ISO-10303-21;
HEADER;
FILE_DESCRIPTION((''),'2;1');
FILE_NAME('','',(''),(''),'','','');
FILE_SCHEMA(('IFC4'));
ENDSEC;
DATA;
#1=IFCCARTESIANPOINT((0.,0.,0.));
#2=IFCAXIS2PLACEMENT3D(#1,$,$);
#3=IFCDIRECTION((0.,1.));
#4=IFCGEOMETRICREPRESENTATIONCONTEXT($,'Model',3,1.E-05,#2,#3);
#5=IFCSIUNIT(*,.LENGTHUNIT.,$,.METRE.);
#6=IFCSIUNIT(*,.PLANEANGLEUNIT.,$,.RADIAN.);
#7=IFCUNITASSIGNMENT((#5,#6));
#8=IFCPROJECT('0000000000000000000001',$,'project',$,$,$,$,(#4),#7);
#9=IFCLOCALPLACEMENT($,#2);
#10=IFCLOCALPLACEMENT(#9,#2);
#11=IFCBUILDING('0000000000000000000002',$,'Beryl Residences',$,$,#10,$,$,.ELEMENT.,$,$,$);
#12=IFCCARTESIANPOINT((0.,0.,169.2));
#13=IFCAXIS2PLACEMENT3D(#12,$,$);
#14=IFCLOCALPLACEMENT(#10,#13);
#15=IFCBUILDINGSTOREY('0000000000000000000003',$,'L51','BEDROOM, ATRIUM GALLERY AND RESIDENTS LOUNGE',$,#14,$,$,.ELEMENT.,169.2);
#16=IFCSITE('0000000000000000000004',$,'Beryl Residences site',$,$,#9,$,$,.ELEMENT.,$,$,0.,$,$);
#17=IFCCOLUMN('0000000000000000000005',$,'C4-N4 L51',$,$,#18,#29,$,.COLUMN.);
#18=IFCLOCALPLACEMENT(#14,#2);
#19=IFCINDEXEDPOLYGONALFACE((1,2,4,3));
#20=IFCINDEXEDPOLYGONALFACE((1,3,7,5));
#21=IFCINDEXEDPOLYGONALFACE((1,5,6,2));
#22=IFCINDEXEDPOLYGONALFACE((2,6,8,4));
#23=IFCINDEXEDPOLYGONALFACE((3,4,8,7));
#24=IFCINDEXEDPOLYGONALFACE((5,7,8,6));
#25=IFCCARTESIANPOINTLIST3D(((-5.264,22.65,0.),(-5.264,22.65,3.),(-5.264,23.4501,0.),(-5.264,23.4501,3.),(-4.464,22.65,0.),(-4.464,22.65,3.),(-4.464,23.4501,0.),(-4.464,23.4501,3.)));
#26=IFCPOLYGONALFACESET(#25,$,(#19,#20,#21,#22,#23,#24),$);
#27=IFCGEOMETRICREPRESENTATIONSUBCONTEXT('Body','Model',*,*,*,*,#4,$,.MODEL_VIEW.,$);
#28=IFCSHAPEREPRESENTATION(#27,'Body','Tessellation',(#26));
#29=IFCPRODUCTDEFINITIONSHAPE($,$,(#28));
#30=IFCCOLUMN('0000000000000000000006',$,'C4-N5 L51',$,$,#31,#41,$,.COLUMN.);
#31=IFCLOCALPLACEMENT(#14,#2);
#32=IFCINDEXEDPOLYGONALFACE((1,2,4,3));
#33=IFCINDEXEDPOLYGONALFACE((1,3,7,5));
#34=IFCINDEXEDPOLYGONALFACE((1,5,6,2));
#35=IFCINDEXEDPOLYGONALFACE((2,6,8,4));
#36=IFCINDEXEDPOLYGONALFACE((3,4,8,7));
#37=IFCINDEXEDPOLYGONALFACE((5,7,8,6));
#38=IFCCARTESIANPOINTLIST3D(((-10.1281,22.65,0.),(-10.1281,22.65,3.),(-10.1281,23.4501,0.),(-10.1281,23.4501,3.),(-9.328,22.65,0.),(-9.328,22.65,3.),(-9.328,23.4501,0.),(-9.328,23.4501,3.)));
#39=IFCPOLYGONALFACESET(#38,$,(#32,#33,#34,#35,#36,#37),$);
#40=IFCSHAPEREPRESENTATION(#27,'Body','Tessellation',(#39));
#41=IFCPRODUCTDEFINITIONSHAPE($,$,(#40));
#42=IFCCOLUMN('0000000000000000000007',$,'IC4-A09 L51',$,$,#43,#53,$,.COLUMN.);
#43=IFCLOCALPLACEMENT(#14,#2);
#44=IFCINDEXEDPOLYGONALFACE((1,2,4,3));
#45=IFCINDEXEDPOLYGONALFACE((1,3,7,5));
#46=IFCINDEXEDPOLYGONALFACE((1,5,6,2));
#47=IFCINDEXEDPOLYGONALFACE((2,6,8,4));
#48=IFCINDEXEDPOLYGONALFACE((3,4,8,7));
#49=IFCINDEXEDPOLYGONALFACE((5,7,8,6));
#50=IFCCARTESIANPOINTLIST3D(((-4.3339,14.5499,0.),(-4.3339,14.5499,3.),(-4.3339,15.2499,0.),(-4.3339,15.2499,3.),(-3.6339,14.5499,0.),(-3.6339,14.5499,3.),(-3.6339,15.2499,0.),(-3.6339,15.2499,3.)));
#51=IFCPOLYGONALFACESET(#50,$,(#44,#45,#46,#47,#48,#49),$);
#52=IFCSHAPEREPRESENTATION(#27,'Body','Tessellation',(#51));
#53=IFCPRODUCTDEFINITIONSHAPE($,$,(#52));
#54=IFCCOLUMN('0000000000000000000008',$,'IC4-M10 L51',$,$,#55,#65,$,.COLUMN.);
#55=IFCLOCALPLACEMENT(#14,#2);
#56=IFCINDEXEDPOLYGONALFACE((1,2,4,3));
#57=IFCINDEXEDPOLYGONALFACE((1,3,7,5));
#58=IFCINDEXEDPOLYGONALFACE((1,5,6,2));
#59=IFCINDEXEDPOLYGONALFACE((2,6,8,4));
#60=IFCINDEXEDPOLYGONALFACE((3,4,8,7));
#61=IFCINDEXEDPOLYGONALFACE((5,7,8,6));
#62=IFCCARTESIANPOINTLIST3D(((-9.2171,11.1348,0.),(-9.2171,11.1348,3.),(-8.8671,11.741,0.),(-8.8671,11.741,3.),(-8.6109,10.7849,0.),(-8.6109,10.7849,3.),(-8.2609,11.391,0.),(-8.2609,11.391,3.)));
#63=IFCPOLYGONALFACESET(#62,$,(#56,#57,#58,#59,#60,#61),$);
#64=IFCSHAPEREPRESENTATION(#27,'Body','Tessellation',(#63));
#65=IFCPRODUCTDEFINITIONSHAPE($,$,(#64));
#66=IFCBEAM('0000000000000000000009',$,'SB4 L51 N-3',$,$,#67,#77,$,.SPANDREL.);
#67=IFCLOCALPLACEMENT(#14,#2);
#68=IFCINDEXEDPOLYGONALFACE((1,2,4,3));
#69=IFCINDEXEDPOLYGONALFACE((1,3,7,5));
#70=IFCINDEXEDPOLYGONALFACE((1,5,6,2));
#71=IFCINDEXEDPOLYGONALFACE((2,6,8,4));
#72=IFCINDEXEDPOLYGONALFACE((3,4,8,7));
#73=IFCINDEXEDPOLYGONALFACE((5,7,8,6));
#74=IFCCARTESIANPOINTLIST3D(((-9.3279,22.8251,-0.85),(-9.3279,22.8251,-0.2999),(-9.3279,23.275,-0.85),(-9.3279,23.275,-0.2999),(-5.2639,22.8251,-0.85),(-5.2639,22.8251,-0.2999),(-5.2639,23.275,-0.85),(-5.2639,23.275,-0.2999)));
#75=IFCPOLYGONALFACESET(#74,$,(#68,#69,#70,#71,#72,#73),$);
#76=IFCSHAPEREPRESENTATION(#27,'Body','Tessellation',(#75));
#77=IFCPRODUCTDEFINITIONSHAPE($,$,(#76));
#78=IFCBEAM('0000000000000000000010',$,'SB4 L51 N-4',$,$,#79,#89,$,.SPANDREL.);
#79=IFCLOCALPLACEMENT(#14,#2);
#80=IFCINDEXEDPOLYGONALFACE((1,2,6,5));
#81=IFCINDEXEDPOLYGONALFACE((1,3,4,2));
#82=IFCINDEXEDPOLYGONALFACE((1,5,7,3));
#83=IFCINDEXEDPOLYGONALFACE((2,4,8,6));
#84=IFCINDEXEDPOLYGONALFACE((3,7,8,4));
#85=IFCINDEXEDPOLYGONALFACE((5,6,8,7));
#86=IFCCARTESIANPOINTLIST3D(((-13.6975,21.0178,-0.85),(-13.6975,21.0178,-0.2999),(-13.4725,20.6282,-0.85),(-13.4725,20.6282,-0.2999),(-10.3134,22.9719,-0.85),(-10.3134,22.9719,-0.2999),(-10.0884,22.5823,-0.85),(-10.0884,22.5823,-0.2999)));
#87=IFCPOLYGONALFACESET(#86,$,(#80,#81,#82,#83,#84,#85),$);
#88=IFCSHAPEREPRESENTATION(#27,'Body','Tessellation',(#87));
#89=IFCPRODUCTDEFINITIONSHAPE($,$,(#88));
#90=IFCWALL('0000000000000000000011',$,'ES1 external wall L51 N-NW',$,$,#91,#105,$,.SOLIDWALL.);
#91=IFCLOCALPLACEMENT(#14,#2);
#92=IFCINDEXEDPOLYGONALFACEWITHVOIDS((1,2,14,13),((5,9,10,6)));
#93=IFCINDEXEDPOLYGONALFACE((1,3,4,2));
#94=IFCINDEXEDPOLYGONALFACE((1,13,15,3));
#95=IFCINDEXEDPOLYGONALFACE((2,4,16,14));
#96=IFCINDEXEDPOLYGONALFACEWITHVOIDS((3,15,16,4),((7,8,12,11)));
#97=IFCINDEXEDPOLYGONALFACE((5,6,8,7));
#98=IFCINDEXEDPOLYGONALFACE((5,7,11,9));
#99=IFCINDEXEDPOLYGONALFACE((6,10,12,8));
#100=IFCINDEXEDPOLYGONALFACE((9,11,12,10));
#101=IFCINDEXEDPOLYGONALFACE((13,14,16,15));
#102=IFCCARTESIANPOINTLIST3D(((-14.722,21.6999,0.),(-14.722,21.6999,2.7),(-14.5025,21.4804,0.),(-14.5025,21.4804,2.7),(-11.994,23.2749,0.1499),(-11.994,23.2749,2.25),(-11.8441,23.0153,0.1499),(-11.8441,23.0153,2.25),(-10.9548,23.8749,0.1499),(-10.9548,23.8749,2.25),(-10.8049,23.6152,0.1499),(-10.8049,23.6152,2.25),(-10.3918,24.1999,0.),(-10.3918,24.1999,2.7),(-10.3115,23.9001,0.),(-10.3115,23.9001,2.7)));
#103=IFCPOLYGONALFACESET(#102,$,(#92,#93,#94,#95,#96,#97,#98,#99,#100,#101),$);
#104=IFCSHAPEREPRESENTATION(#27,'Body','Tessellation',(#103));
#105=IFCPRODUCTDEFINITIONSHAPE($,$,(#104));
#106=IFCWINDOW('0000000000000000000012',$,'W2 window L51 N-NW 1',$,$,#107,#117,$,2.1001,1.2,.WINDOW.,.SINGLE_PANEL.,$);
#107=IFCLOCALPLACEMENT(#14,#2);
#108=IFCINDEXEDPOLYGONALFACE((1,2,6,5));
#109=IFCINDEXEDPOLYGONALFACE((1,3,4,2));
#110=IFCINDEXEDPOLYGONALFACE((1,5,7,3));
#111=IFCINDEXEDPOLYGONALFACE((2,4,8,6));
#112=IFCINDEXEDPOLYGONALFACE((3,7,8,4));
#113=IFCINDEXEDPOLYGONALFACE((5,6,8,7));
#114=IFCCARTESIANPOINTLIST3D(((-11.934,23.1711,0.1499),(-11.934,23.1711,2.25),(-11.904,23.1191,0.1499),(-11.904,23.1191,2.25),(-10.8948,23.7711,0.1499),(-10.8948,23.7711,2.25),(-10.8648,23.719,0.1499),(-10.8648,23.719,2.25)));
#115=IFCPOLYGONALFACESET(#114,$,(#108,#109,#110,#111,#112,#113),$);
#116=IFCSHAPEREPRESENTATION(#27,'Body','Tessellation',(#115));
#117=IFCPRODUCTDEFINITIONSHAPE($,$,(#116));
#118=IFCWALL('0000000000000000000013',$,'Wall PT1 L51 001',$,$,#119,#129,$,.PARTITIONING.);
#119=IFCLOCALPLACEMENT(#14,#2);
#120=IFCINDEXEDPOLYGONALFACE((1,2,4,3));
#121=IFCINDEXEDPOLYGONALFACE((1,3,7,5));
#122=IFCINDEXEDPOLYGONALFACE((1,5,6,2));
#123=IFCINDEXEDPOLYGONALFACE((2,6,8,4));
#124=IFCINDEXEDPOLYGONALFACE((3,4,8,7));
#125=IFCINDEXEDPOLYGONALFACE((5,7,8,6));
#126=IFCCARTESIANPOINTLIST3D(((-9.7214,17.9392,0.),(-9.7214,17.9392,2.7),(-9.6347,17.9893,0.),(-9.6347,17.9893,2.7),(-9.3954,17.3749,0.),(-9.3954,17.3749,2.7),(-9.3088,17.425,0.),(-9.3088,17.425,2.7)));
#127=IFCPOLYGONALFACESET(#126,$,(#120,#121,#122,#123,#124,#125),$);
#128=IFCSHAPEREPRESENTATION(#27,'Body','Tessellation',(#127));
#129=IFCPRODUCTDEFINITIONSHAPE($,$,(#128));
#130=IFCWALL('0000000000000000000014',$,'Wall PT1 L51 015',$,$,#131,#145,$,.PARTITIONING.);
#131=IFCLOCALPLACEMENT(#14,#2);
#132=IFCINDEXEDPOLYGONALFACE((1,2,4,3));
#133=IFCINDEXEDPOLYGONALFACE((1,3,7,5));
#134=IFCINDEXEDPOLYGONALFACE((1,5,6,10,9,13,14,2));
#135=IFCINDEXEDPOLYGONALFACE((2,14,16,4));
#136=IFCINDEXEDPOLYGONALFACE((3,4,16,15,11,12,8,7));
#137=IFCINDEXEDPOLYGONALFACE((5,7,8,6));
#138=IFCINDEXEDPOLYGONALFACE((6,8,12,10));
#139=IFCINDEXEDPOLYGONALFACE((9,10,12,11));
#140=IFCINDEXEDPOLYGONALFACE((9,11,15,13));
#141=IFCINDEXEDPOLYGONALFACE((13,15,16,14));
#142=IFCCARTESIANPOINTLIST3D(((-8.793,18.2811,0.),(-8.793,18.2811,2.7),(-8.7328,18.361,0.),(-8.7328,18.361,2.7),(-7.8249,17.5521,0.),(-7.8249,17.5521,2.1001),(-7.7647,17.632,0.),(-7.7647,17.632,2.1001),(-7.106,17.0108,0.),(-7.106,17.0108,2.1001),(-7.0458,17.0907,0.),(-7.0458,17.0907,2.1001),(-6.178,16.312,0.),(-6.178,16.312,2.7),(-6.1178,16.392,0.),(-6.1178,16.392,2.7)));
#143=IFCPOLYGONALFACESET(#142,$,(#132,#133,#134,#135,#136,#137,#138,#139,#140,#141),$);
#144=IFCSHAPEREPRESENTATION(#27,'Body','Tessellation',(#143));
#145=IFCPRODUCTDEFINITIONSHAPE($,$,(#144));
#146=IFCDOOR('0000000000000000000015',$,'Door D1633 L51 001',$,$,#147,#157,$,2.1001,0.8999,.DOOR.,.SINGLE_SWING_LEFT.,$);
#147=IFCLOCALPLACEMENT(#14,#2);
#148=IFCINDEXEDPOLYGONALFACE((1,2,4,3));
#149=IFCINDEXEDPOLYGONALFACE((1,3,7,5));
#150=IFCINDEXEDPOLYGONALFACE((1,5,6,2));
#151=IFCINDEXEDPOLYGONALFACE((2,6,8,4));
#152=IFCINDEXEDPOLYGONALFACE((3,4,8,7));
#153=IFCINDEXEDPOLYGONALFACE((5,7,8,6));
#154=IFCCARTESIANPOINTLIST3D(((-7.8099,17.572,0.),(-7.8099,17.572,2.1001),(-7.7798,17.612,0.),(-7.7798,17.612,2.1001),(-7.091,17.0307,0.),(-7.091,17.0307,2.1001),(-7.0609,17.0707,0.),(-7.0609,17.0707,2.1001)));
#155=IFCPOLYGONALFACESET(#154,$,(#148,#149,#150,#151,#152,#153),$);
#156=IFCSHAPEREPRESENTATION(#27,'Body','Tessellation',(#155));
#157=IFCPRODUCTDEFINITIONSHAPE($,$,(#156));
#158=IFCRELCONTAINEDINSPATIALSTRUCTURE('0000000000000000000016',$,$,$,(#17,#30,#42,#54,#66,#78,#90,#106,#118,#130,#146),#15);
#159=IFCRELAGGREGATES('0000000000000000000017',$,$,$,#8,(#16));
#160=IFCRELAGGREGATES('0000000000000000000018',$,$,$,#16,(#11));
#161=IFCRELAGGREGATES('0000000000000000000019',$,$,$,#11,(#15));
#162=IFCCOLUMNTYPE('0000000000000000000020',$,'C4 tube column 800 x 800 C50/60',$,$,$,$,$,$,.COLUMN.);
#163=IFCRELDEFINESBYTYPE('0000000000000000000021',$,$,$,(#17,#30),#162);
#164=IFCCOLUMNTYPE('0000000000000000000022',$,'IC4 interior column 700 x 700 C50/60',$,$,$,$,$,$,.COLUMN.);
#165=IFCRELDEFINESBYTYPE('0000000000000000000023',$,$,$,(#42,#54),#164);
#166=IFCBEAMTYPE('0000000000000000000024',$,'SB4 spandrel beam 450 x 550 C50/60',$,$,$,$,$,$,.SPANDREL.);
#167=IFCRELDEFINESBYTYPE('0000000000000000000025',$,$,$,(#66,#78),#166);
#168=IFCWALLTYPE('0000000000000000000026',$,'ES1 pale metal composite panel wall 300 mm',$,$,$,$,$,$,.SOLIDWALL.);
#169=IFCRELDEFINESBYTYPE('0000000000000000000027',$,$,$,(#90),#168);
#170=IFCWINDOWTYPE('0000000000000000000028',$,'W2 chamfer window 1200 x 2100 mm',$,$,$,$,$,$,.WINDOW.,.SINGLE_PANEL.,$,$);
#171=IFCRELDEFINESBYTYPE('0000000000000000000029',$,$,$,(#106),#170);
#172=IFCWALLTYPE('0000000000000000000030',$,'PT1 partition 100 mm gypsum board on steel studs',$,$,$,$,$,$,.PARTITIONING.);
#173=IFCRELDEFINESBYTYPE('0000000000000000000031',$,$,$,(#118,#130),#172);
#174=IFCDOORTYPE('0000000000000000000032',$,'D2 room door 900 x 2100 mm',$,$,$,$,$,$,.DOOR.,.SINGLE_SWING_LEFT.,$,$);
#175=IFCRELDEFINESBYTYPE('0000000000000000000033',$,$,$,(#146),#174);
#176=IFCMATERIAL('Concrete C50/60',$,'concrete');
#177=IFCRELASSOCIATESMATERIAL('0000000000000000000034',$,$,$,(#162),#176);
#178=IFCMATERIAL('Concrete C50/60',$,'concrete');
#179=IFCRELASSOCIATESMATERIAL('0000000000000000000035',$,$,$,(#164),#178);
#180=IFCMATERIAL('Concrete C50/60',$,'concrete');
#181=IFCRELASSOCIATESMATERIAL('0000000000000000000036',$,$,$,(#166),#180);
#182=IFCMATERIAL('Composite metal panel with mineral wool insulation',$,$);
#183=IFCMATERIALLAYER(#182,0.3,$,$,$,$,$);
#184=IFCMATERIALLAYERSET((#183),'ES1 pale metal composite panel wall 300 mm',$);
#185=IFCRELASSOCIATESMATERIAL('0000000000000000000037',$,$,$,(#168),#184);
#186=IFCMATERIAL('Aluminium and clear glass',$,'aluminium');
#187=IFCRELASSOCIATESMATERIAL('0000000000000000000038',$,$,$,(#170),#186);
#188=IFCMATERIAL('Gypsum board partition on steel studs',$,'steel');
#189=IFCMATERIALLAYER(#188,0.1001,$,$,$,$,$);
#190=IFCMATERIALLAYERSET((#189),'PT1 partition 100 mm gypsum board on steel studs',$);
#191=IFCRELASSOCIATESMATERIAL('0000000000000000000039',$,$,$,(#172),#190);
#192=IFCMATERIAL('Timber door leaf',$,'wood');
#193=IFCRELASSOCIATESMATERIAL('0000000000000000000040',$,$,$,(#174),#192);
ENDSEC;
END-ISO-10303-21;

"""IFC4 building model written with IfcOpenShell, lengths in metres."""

from ifc_helpers import new_model, si_unit, direction, frame, frame_2d, origin, origin_2d, place, context, subcontext, project, spatial, polyline, rectangle, outline, extrude, material, layer, layer_set, material_profile, profile_set, type_object, element, fill, save


model = new_model("IFC4")

# Units and contexts
model_context = context("Model", 3, precision=1e-05, world=origin(), true_north=direction((0.0, 1.0)))
body_context = subcontext(model_context, "Body", "Model", "MODEL_VIEW")
ifc_project = project(units=[si_unit("LENGTHUNIT", "METRE"), si_unit("PLANEANGLEUNIT", "RADIAN")], contexts=[model_context])

# Site, building, storey
site_placement = place(None, origin())
site = spatial("IfcSite", under=ifc_project, at=site_placement, Name="Beryl Residences site", CompositionType="ELEMENT", RefElevation=0.0)
building_placement = place(site_placement, origin())
building = spatial("IfcBuilding", under=site, at=building_placement, Name="Beryl Residences", CompositionType="ELEMENT")
storey_placement = place(building_placement, frame((0.0, 0.0, 169.2)))
storey = spatial("IfcBuildingStorey", under=building, at=storey_placement, Name="L51", Description="BEDROOM, ATRIUM GALLERY AND RESIDENTS LOUNGE", CompositionType="ELEMENT", Elevation=169.2)

# Columns
ifc_material_1 = material(Name="Concrete C50/60", Category="concrete")
ifc_material_profile_1 = material_profile(ifc_material_1, rectangle(XDim=0.8, YDim=0.8, at=origin_2d()))
ifc_profile_set_1 = profile_set([ifc_material_profile_1], Name="Concrete C50/60")
column_type_1 = type_object("IfcColumnType", Name="C4 tube column 800 x 800 C50/60", PredefinedType="COLUMN", material=ifc_profile_set_1)
for number, where, z_axis, x_axis, name in (
    (1, (-4.864, 23.05, 0.0), (0.0, 0.0, 1.0), (-1.0, 0.0, 0.0), "C4-N4 L51"),
    (2, (-9.728, 23.05, 0.0), (0.0, 0.0, 1.0), (-1.0, 0.0, 0.0), "C4-N5 L51"),
):
    element("IfcColumn", number, at=place(storey_placement, frame(where, z_axis=z_axis, x_axis=x_axis)), inside=storey, type_object=column_type_1, Name=name, PredefinedType="COLUMN", context=body_context, shape_type="SweptSolid", body=[
        extrude(rectangle(XDim=0.8, YDim=0.8, at=origin_2d()), origin(), (0.0, 0.0, 1.0), 3.0),
    ])
ifc_material_2 = material(Name="Concrete C50/60", Category="concrete")
ifc_material_profile_2 = material_profile(ifc_material_2, rectangle(XDim=0.7, YDim=0.7, at=origin_2d()))
ifc_profile_set_2 = profile_set([ifc_material_profile_2], Name="Concrete C50/60")
column_type_2 = type_object("IfcColumnType", Name="IC4 interior column 700 x 700 C50/60", PredefinedType="COLUMN", material=ifc_profile_set_2)
for number, where, z_axis, x_axis, name in (
    (3, (-3.9839, 14.8999, 0.0), (0.0, 0.0, 1.0), (1.0, 0.0, 0.0), "IC4-A09 L51"),
    (4, (-8.739, 11.2629, 0.0), (0.0, 0.0, 1.0), (-0.5, -0.866025, 0.0), "IC4-M10 L51"),
):
    element("IfcColumn", number, at=place(storey_placement, frame(where, z_axis=z_axis, x_axis=x_axis)), inside=storey, type_object=column_type_2, Name=name, PredefinedType="COLUMN", context=body_context, shape_type="SweptSolid", body=[
        extrude(rectangle(XDim=0.7, YDim=0.7, at=origin_2d()), origin(), (0.0, 0.0, 1.0), 3.0),
    ])

# Beams
ifc_material_3 = material(Name="Concrete C50/60", Category="concrete")
ifc_material_profile_3 = material_profile(ifc_material_3, rectangle(XDim=0.45, YDim=0.55, at=origin_2d()))
ifc_profile_set_3 = profile_set([ifc_material_profile_3], Name="Concrete C50/60")
beam_type = type_object("IfcBeamType", Name="SB4 spandrel beam 450 x 550 C50/60", PredefinedType="SPANDREL", material=ifc_profile_set_3)
beam_1_placement = place(storey_placement, frame((-5.2639, 23.05, -0.575), z_axis=(-1.0, 0.0, 0.0), x_axis=(0.0, -1.0, 0.0)))
element("IfcBeam", 5, at=beam_1_placement, inside=storey, type_object=beam_type, Name="SB4 L51 N-3", PredefinedType="SPANDREL", context=body_context, shape_type="SweptSolid", body=[
    extrude(rectangle(XDim=0.45, YDim=0.55, at=origin_2d()), origin(), (0.0, 0.0, 1.0), 4.064),
])
beam_2_placement = place(storey_placement, frame((-10.2009, 22.7771, -0.575), z_axis=(-0.865989, -0.500063, 0.0), x_axis=(0.500063, -0.865989, 0.0)))
element("IfcBeam", 6, at=beam_2_placement, inside=storey, type_object=beam_type, Name="SB4 L51 N-4", PredefinedType="SPANDREL", context=body_context, shape_type="SweptSolid", body=[
    extrude(rectangle(XDim=0.45, YDim=0.55, at=origin_2d()), origin(), (0.0, 0.0, 1.0), 3.9077),
])

# Wall, opening, window
ifc_material_4 = material(Name="Composite metal panel with mineral wool insulation")
ifc_layer_1 = layer(ifc_material_4, 0.3)
ifc_layer_set_1 = layer_set([ifc_layer_1], Name="ES1 pale metal composite panel wall 300 mm")
wall_type_1 = type_object("IfcWallType", Name="ES1 pale metal composite panel wall 300 mm", PredefinedType="SOLIDWALL", material=ifc_layer_set_1)
wall_1_placement = place(storey_placement, frame((-10.3169, 24.0701, 0.0), z_axis=(0.0, 0.0, 1.0), x_axis=(-0.866023, -0.500004, 0.0)))
wall_1 = element("IfcWall", 7, at=wall_1_placement, inside=storey, type_object=wall_type_1, Name="ES1 external wall L51 N-NW", PredefinedType="SOLIDWALL", context=body_context, shape_type="SweptSolid", body=[
    extrude(outline(polyline([(0.0, -0.1499), (5.0, -0.1499), (4.9197, 0.1499), (0.0803, 0.1499), (0.0, -0.1499)])), origin(), (0.0, 0.0, 1.0), 2.7),
])
opening_1_placement = place(wall_1_placement, frame((0.6499, 0.0, 0.1499)))
opening_1 = element("IfcOpeningElement", 8, at=opening_1_placement, cuts=wall_1, PredefinedType="OPENING", context=body_context, shape_type="SweptSolid", body=[
    extrude(rectangle(XDim=1.2, YDim=2.1001, at=frame_2d((0.6001, 1.05))), frame((0.0, 0.1599, 0.0), z_axis=(0.0, -1.0, 0.0), x_axis=(1.0, 0.0, 0.0)), (0.0, 0.0, 1.0), 0.3201),
])
ifc_material_5 = material(Name="Aluminium and clear glass", Category="aluminium")
window_type = type_object("IfcWindowType", Name="W2 chamfer window 1200 x 2100 mm", PartitioningType="SINGLE_PANEL", PredefinedType="WINDOW", material=ifc_material_5)
window_placement = place(opening_1_placement, origin())
window = element("IfcWindow", 9, at=window_placement, inside=storey, type_object=window_type, Name="W2 window L51 N-NW 1", OverallHeight=2.1001, OverallWidth=1.2, PartitioningType="SINGLE_PANEL", PredefinedType="WINDOW", context=body_context, shape_type="SweptSolid", body=[
    extrude(rectangle(XDim=1.2, YDim=2.1001, at=frame_2d((0.6001, 1.05))), frame((0.0, 0.03, 0.0), z_axis=(0.0, -1.0, 0.0), x_axis=(1.0, 0.0, 0.0)), (0.0, 0.0, 1.0), 0.0601),
])
fill(opening_1, window)

# Wall
ifc_material_6 = material(Name="Gypsum board partition on steel studs", Category="steel")
ifc_layer_2 = layer(ifc_material_6, 0.1001)
ifc_layer_set_2 = layer_set([ifc_layer_2], Name="PT1 partition 100 mm gypsum board on steel studs")
wall_type_2 = type_object("IfcWallType", Name="PT1 partition 100 mm gypsum board on steel studs", PredefinedType="PARTITIONING", material=ifc_layer_set_2)
wall_2_placement = place(storey_placement, frame((-9.678, 17.9641, 0.0), z_axis=(0.0, 0.0, 1.0), x_axis=(0.500209, -0.865905, 0.0)))
element("IfcWall", 10, at=wall_2_placement, inside=storey, type_object=wall_type_2, Name="Wall PT1 L51 001", PredefinedType="PARTITIONING", context=body_context, shape_type="SweptSolid", body=[
    extrude(rectangle(XDim=0.6516, YDim=0.1001, at=frame_2d((0.3257, 0.0))), origin(), (0.0, 0.0, 1.0), 2.7),
])

# Wall, opening, door
wall_3_placement = place(storey_placement, frame((-8.7629, 18.321, 0.0), z_axis=(0.0, 0.0, 1.0), x_axis=(0.798862, -0.601514, 0.0)))
wall_3 = element("IfcWall", 11, at=wall_3_placement, inside=storey, type_object=wall_type_2, Name="Wall PT1 L51 015", PredefinedType="PARTITIONING", context=body_context, shape_type="SweptSolid", body=[
    extrude(rectangle(XDim=3.2734, YDim=0.1001, at=frame_2d((1.6367, 0.0))), origin(), (0.0, 0.0, 1.0), 2.7),
])
opening_2_placement = place(wall_3_placement, frame((1.2119, 0.0, 0.0)))
opening_2 = element("IfcOpeningElement", 12, at=opening_2_placement, cuts=wall_3, PredefinedType="OPENING", context=body_context, shape_type="SweptSolid", body=[
    extrude(rectangle(XDim=0.8999, YDim=2.1001, at=frame_2d((0.45, 1.05))), frame((0.0, 0.0601, 0.0), z_axis=(0.0, -1.0, 0.0), x_axis=(1.0, 0.0, 0.0)), (0.0, 0.0, 1.0), 0.1201),
])
ifc_material_7 = material(Name="Timber door leaf", Category="wood")
door_type_1 = type_object("IfcDoorType", Name="D2 room door 900 x 2100 mm", OperationType="SINGLE_SWING_LEFT", PredefinedType="DOOR", material=ifc_material_7)
door_1_placement = place(opening_2_placement, origin())
door_1 = element("IfcDoor", 13, at=door_1_placement, inside=storey, type_object=door_type_1, Name="Door D1633 L51 001", OperationType="SINGLE_SWING_LEFT", OverallHeight=2.1001, OverallWidth=0.8999, PredefinedType="DOOR", context=body_context, shape_type="SweptSolid", body=[
    extrude(rectangle(XDim=0.8999, YDim=2.1001, at=frame_2d((0.45, 1.05))), frame((0.0, 0.0249, 0.0), z_axis=(0.0, -1.0, 0.0), x_axis=(1.0, 0.0, 0.0)), (0.0, 0.0, 1.0), 0.05),
])
fill(opening_2, door_1)

save(model, "model.ifc")
